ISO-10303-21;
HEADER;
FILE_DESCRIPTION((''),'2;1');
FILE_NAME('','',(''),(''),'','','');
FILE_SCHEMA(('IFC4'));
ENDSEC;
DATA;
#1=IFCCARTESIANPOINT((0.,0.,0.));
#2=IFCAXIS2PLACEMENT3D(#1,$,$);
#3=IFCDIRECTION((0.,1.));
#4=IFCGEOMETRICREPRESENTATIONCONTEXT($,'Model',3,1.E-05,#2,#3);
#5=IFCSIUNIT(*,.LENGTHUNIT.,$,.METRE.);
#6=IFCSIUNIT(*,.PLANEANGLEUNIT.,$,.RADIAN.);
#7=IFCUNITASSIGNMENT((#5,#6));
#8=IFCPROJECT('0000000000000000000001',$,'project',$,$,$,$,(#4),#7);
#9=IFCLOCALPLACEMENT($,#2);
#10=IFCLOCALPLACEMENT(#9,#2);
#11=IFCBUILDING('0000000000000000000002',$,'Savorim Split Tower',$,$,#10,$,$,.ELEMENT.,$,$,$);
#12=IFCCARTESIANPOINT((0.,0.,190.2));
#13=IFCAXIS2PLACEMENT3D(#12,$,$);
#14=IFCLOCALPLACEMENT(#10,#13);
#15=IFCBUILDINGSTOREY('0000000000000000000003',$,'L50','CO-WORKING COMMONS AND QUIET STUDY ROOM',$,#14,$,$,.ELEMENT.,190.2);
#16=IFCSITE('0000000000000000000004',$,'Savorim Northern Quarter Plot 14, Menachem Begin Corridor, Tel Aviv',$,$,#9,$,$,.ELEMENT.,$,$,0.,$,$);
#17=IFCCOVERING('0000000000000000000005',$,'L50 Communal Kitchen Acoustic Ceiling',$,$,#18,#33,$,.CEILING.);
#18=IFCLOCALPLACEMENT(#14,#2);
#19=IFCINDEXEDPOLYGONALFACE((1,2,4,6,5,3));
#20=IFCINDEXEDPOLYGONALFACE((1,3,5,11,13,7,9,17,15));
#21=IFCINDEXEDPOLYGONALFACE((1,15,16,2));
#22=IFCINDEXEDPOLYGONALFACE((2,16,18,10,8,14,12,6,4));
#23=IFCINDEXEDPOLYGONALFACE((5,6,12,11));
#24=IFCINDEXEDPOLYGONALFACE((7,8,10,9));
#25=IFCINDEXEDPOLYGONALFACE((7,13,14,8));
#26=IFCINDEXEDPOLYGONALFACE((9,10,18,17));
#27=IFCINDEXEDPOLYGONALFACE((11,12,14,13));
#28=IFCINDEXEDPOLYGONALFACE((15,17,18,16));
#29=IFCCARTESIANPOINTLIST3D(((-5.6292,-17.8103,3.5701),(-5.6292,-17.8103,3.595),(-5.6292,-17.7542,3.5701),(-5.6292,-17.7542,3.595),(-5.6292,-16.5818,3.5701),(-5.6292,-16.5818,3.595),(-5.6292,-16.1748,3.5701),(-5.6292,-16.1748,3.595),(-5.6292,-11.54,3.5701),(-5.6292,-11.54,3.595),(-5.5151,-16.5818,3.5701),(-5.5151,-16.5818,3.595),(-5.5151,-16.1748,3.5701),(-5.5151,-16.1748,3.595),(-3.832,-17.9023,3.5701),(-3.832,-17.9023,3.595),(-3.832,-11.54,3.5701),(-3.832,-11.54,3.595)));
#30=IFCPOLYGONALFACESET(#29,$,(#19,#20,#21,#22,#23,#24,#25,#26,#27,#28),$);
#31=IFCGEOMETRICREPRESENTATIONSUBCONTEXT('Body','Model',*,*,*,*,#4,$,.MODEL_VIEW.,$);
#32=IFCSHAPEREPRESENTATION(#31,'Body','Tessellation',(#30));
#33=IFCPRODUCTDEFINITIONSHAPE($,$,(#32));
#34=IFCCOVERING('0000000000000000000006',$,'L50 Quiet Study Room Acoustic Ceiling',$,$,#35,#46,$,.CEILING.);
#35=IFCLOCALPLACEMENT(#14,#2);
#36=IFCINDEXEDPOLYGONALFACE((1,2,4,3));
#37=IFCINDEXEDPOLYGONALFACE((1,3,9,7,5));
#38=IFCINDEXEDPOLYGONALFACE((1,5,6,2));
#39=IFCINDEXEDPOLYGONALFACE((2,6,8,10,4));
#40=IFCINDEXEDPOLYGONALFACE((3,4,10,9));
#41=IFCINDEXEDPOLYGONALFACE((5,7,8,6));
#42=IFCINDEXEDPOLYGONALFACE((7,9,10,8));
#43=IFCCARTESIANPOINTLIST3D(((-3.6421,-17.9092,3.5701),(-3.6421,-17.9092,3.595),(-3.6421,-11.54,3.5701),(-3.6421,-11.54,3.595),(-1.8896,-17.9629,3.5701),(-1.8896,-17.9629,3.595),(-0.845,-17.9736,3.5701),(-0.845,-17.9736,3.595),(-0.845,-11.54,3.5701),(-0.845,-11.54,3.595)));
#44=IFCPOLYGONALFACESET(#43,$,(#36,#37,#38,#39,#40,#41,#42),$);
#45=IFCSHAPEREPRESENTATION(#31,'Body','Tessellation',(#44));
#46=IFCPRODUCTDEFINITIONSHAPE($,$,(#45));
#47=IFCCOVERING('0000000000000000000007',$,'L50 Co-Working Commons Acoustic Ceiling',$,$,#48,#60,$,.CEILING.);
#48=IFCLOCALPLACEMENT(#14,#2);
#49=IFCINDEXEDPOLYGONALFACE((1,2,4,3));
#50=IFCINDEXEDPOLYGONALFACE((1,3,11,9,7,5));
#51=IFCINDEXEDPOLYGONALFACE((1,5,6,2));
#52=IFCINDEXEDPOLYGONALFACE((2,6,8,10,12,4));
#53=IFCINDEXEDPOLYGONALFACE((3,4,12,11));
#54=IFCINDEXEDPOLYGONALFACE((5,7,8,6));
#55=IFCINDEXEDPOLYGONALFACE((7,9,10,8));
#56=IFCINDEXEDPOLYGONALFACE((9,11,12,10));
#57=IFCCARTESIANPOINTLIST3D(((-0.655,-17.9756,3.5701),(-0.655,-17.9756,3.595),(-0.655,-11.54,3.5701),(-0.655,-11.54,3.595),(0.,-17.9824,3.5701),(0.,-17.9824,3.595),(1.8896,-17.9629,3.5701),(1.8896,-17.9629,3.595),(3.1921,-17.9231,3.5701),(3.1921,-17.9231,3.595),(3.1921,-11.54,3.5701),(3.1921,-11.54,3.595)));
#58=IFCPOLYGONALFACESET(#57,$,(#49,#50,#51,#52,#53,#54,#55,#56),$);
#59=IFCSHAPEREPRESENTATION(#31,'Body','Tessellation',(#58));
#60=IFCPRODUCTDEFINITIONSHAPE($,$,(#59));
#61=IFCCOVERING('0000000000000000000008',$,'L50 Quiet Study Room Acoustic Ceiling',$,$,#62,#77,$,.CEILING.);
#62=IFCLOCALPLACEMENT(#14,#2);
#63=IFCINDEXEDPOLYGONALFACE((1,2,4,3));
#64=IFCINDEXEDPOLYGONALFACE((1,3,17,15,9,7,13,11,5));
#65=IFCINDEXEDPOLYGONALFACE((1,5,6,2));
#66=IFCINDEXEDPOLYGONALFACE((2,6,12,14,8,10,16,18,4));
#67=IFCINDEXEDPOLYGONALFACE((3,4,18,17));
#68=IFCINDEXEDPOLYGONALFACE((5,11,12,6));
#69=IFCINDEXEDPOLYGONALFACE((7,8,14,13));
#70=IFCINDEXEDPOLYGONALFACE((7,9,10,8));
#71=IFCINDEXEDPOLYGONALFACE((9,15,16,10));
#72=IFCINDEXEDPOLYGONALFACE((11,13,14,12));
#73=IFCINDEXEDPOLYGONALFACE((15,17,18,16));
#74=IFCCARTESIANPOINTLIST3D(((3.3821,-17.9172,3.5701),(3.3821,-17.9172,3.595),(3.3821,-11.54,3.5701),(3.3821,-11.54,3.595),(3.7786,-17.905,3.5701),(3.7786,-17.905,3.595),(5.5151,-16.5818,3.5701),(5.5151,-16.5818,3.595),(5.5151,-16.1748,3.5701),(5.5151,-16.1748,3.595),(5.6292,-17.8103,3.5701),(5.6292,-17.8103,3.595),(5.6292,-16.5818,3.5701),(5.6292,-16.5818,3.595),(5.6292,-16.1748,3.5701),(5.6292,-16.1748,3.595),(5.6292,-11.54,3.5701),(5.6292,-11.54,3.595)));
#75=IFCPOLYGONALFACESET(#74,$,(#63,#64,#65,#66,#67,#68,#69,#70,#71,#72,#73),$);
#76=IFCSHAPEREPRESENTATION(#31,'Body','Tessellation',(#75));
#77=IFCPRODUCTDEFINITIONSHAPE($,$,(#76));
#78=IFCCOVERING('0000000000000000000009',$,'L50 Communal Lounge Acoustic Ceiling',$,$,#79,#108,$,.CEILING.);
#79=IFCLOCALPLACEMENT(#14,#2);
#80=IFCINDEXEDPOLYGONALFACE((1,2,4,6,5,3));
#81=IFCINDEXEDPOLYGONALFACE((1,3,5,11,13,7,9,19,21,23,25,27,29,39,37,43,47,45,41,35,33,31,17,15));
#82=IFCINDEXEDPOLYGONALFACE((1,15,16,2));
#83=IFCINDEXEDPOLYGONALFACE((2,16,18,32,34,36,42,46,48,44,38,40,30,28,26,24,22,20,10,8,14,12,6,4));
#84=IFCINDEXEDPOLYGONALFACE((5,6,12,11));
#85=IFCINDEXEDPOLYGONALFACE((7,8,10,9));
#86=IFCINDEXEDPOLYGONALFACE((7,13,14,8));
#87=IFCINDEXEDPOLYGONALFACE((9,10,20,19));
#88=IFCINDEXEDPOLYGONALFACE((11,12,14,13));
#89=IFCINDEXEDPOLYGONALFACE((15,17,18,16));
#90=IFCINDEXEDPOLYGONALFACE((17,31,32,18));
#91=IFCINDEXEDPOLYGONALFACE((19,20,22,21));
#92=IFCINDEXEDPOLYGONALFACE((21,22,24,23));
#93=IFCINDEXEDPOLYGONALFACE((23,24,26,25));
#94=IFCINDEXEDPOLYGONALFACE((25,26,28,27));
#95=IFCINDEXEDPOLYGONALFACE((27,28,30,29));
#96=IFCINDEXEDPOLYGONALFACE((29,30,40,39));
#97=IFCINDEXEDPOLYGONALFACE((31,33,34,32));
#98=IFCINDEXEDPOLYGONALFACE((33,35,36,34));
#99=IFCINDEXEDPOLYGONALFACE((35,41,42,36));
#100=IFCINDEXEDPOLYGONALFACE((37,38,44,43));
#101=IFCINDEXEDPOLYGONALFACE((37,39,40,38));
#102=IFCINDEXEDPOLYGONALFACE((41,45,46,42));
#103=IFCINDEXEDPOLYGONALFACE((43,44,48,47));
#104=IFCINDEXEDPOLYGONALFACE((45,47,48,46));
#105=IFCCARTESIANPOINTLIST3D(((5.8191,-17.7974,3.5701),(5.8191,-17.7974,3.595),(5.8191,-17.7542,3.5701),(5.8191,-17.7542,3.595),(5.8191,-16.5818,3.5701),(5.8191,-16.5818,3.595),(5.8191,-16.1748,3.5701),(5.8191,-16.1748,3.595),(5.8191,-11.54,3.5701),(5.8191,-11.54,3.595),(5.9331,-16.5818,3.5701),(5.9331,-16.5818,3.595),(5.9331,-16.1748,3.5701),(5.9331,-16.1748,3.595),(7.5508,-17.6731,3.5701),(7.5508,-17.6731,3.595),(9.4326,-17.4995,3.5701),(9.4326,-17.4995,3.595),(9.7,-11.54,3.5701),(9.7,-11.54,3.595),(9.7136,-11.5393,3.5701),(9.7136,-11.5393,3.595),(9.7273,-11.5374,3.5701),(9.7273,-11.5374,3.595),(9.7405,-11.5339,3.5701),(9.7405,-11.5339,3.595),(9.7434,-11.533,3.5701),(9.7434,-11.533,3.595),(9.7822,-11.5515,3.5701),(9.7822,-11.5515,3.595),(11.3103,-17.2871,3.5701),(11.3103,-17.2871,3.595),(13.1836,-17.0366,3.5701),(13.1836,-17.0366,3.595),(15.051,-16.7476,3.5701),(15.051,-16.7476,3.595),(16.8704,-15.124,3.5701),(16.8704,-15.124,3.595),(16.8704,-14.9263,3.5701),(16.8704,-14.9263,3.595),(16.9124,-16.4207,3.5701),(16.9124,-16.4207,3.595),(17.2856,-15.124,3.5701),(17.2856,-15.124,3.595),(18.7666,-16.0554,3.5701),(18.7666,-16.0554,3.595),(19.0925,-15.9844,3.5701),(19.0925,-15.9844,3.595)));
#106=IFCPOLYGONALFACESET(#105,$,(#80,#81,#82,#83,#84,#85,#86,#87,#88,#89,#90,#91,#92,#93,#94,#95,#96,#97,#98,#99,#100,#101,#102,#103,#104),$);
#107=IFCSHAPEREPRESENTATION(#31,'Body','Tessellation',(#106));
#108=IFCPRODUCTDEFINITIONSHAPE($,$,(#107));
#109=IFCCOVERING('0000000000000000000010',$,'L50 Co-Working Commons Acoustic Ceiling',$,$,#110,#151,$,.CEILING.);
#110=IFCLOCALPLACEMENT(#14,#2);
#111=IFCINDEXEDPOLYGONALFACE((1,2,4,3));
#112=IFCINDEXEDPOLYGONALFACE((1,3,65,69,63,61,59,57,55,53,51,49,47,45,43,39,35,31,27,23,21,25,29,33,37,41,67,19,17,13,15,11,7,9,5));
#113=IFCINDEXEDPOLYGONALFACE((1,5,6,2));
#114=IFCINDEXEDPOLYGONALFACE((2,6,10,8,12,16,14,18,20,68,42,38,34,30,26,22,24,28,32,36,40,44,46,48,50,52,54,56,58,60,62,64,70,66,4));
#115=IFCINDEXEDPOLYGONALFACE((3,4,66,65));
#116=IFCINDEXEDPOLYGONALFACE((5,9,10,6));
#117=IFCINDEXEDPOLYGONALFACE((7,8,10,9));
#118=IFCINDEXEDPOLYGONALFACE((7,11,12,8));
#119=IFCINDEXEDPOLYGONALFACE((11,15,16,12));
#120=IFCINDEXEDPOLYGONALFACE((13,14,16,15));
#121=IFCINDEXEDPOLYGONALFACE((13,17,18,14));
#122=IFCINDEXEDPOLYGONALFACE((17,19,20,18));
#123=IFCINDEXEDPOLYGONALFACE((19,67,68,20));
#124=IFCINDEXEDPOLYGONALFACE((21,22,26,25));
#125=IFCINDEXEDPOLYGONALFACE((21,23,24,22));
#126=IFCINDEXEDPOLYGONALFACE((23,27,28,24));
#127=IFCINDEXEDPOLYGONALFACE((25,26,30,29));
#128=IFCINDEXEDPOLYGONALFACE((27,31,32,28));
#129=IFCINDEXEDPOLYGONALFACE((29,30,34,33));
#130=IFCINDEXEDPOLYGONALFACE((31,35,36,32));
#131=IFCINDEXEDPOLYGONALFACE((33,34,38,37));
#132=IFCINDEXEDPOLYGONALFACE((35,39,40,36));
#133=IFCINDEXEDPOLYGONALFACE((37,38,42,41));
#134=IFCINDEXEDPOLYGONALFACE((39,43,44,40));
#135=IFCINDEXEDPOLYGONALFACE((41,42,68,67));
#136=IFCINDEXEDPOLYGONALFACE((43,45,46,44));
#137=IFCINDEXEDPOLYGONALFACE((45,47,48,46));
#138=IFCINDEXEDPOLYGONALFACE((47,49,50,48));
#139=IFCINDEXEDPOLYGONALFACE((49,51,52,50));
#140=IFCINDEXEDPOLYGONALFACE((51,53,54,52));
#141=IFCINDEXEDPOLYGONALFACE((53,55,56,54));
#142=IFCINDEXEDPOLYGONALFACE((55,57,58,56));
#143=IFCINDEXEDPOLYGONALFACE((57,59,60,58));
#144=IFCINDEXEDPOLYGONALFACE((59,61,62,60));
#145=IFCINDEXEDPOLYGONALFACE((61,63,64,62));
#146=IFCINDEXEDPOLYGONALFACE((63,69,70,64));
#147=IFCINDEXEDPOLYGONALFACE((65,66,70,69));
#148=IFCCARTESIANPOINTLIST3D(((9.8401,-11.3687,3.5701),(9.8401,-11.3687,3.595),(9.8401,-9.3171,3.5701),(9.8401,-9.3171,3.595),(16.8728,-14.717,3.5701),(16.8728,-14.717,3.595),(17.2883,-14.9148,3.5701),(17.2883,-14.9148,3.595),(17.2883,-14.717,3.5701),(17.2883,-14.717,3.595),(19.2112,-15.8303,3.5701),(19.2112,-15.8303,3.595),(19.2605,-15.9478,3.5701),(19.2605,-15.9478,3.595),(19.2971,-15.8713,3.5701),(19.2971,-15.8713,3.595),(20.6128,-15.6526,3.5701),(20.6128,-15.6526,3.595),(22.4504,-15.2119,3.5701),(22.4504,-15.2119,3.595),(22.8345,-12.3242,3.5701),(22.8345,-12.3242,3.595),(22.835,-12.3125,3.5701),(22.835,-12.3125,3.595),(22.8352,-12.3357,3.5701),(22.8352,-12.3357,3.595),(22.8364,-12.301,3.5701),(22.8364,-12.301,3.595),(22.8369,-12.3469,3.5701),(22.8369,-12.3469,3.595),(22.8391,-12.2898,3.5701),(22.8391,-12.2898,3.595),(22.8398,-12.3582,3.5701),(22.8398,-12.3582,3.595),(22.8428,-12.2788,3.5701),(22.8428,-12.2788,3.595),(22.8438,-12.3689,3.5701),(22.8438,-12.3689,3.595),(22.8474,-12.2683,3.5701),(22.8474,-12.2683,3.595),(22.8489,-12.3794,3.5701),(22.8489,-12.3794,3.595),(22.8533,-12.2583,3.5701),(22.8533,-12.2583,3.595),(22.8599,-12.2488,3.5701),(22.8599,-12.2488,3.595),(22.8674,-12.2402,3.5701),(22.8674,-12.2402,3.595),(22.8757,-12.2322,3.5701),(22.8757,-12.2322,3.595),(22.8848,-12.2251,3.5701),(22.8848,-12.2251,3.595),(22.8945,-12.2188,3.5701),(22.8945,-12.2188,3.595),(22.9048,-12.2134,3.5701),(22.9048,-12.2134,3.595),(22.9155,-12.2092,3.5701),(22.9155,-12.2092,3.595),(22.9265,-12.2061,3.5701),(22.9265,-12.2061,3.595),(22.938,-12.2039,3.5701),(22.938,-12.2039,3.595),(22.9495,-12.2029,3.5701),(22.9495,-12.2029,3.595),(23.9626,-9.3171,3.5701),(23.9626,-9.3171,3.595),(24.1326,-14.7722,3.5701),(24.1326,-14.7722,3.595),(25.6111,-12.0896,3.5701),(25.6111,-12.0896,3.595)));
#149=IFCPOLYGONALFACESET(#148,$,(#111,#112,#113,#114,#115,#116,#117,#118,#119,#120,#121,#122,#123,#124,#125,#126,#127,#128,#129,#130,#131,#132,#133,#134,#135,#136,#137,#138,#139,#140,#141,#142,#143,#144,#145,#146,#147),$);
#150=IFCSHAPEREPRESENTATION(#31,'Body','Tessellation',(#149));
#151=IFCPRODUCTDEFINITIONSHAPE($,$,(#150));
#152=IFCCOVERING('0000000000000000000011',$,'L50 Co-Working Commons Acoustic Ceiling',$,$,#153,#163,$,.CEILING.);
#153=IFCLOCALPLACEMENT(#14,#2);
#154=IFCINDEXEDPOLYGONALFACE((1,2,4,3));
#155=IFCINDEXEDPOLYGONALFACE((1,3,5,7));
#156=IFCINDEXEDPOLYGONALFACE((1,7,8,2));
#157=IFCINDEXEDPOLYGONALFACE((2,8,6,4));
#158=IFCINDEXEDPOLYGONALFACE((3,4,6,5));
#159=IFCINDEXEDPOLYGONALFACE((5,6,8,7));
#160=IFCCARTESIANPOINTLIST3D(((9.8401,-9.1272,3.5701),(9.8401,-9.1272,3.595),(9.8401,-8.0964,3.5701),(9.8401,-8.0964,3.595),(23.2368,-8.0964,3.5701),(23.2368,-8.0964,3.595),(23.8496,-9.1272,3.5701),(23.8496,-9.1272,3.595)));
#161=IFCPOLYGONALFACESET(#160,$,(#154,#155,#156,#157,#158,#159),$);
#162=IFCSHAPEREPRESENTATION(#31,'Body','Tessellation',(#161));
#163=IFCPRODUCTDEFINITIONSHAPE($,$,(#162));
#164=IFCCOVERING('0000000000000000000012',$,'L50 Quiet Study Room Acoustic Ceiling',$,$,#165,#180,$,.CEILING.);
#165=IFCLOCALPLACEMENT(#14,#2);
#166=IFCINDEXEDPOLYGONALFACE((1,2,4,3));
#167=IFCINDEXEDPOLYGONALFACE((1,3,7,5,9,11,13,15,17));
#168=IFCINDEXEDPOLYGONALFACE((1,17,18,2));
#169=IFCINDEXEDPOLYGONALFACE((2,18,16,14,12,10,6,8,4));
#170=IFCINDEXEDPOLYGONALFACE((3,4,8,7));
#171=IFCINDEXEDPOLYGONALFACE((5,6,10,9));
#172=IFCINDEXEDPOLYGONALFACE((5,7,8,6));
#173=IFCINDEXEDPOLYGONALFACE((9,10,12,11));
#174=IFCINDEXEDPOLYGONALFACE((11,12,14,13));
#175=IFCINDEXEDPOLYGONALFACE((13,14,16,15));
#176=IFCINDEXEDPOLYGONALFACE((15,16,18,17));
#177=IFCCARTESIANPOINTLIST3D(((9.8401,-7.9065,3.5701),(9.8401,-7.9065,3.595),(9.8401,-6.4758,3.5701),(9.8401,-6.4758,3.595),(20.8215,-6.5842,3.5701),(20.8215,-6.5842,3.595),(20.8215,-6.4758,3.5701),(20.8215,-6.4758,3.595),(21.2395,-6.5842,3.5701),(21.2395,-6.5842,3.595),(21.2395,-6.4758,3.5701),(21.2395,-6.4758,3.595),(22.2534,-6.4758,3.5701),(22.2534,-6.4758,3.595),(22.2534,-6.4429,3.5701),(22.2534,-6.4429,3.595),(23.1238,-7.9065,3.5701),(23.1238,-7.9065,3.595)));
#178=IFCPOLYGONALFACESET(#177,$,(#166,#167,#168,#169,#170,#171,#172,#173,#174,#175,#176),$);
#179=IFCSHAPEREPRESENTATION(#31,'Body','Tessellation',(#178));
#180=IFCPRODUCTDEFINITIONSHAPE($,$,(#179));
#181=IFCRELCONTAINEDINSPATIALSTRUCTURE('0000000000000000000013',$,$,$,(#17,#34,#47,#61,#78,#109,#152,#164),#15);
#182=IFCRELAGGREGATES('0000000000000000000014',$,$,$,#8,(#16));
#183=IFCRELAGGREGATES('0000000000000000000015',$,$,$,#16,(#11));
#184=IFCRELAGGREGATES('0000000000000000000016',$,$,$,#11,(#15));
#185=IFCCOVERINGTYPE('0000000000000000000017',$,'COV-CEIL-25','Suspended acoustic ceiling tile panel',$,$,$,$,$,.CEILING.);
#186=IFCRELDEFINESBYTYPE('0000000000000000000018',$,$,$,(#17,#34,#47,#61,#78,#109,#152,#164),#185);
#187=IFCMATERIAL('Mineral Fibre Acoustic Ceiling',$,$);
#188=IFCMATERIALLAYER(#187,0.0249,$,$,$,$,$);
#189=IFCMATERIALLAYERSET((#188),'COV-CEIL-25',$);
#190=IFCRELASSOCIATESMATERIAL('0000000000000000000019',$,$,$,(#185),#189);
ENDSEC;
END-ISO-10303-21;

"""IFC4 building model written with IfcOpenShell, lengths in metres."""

from ifc_helpers import new_model, si_unit, direction, frame, origin, place, context, subcontext, project, spatial, polyline, outline, extrude, material, layer, layer_set, type_object, element, save


model = new_model("IFC4")

# Units and contexts
model_context = context("Model", 3, precision=1e-05, world=origin(), true_north=direction((0.0, 1.0)))
body_context = subcontext(model_context, "Body", "Model", "MODEL_VIEW")
ifc_project = project(units=[si_unit("LENGTHUNIT", "METRE"), si_unit("PLANEANGLEUNIT", "RADIAN")], contexts=[model_context])

# Site, building, storey
site_placement = place(None, origin())
site = spatial("IfcSite", under=ifc_project, at=site_placement, Name="Savorim Northern Quarter Plot 14, Menachem Begin Corridor, Tel Aviv", CompositionType="ELEMENT", RefElevation=0.0)
building_placement = place(site_placement, origin())
building = spatial("IfcBuilding", under=site, at=building_placement, Name="Savorim Split Tower", CompositionType="ELEMENT")
storey_placement = place(building_placement, frame((0.0, 0.0, 190.2)))
storey = spatial("IfcBuildingStorey", under=building, at=storey_placement, Name="L50", Description="CO-WORKING COMMONS AND QUIET STUDY ROOM", CompositionType="ELEMENT", Elevation=190.2)

# Coverings
ifc_material_1 = material(Name="Mineral Fibre Acoustic Ceiling")
ifc_layer_1 = layer(ifc_material_1, 0.0249)
ifc_layer_set_1 = layer_set([ifc_layer_1], Name="COV-CEIL-25")
covering_type_1 = type_object("IfcCoveringType", Name="COV-CEIL-25", Description="Suspended acoustic ceiling tile panel", PredefinedType="CEILING", material=ifc_layer_set_1)
covering_1_placement = place(storey_placement, frame((0.0, 0.0, 3.5701)))
element("IfcCovering", 1, at=covering_1_placement, inside=storey, type_object=covering_type_1, Name="L50 Communal Kitchen Acoustic Ceiling", PredefinedType="CEILING", context=body_context, shape_type="SweptSolid", body=[
    extrude(outline(polyline([(-5.6292, -16.5818), (-5.6292, -17.7542), (-5.6292, -17.8103), (-3.832, -17.9023), (-3.832, -11.54), (-5.6292, -11.54), (-5.6292, -16.1748), (-5.5151, -16.1748), (-5.5151, -16.5818), (-5.6292, -16.5818)])), origin(), (0.0, 0.0, 1.0), 0.0249),
])
covering_2_placement = place(storey_placement, frame((0.0, 0.0, 3.5701)))
element("IfcCovering", 2, at=covering_2_placement, inside=storey, type_object=covering_type_1, Name="L50 Quiet Study Room Acoustic Ceiling", PredefinedType="CEILING", context=body_context, shape_type="SweptSolid", body=[
    extrude(outline(polyline([(-3.6421, -11.54), (-3.6421, -17.9092), (-1.8896, -17.9629), (-0.845, -17.9736), (-0.845, -11.54), (-3.6421, -11.54)])), origin(), (0.0, 0.0, 1.0), 0.0249),
])
covering_3_placement = place(storey_placement, frame((0.0, 0.0, 3.5701)))
element("IfcCovering", 3, at=covering_3_placement, inside=storey, type_object=covering_type_1, Name="L50 Co-Working Commons Acoustic Ceiling", PredefinedType="CEILING", context=body_context, shape_type="SweptSolid", body=[
    extrude(outline(polyline([(-0.655, -17.9756), (0.0, -17.9824), (1.8896, -17.9629), (3.1921, -17.9231), (3.1921, -11.54), (-0.655, -11.54), (-0.655, -17.9756)])), origin(), (0.0, 0.0, 1.0), 0.0249),
])
covering_4_placement = place(storey_placement, frame((0.0, 0.0, 3.5701)))
element("IfcCovering", 4, at=covering_4_placement, inside=storey, type_object=covering_type_1, Name="L50 Quiet Study Room Acoustic Ceiling", PredefinedType="CEILING", context=body_context, shape_type="SweptSolid", body=[
    extrude(outline(polyline([(5.6292, -11.54), (3.3821, -11.54), (3.3821, -17.9172), (3.7786, -17.905), (5.6292, -17.8103), (5.6292, -16.5818), (5.5151, -16.5818), (5.5151, -16.1748), (5.6292, -16.1748), (5.6292, -11.54)])), origin(), (0.0, 0.0, 1.0), 0.0249),
])
covering_5_placement = place(storey_placement, frame((0.0, 0.0, 3.5701)))
element("IfcCovering", 5, at=covering_5_placement, inside=storey, type_object=covering_type_1, Name="L50 Communal Lounge Acoustic Ceiling", PredefinedType="CEILING", context=body_context, shape_type="SweptSolid", body=[
    extrude(outline(polyline([(13.1836, -17.0366), (15.051, -16.7476), (16.9124, -16.4207), (18.7666, -16.0554), (19.0925, -15.9844), (17.2856, -15.124), (16.8704, -15.124), (16.8704, -14.9263), (9.7822, -11.5515), (9.7434, -11.533), (9.7405, -11.5339), (9.7273, -11.5374), (9.7136, -11.5393), (9.7, -11.54), (5.8191, -11.54), (5.8191, -16.1748), (5.9331, -16.1748), (5.9331, -16.5818), (5.8191, -16.5818), (5.8191, -17.7542), (5.8191, -17.7974), (7.5508, -17.6731), (9.4326, -17.4995), (11.3103, -17.2871), (13.1836, -17.0366)])), origin(), (0.0, 0.0, 1.0), 0.0249),
])
covering_6_placement = place(storey_placement, frame((0.0, 0.0, 3.5701)))
element("IfcCovering", 6, at=covering_6_placement, inside=storey, type_object=covering_type_1, Name="L50 Co-Working Commons Acoustic Ceiling", PredefinedType="CEILING", context=body_context, shape_type="SweptSolid", body=[
    extrude(outline(polyline([(22.9265, -12.2061), (22.938, -12.2039), (22.9495, -12.2029), (25.6111, -12.0896), (23.9626, -9.3171), (9.8401, -9.3171), (9.8401, -11.3687), (16.8728, -14.717), (17.2883, -14.717), (17.2883, -14.9148), (19.2112, -15.8303), (19.2971, -15.8713), (19.2605, -15.9478), (20.6128, -15.6526), (22.4504, -15.2119), (24.1326, -14.7722), (22.8489, -12.3794), (22.8438, -12.3689), (22.8398, -12.3582), (22.8369, -12.3469), (22.8352, -12.3357), (22.8345, -12.3242), (22.835, -12.3125), (22.8364, -12.301), (22.8391, -12.2898), (22.8428, -12.2788), (22.8474, -12.2683), (22.8533, -12.2583), (22.8599, -12.2488), (22.8674, -12.2402), (22.8757, -12.2322), (22.8848, -12.2251), (22.8945, -12.2188), (22.9048, -12.2134), (22.9155, -12.2092), (22.9265, -12.2061)])), origin(), (0.0, 0.0, 1.0), 0.0249),
])
covering_7_placement = place(storey_placement, frame((0.0, 0.0, 3.5701)))
element("IfcCovering", 7, at=covering_7_placement, inside=storey, type_object=covering_type_1, Name="L50 Co-Working Commons Acoustic Ceiling", PredefinedType="CEILING", context=body_context, shape_type="SweptSolid", body=[
    extrude(outline(polyline([(23.8496, -9.1272), (23.2368, -8.0964), (9.8401, -8.0964), (9.8401, -9.1272), (23.8496, -9.1272)])), origin(), (0.0, 0.0, 1.0), 0.0249),
])
covering_8_placement = place(storey_placement, frame((0.0, 0.0, 3.5701)))
element("IfcCovering", 8, at=covering_8_placement, inside=storey, type_object=covering_type_1, Name="L50 Quiet Study Room Acoustic Ceiling", PredefinedType="CEILING", context=body_context, shape_type="SweptSolid", body=[
    extrude(outline(polyline([(20.8215, -6.5842), (20.8215, -6.4758), (9.8401, -6.4758), (9.8401, -7.9065), (23.1238, -7.9065), (22.2534, -6.4429), (22.2534, -6.4758), (21.2395, -6.4758), (21.2395, -6.5842), (20.8215, -6.5842)])), origin(), (0.0, 0.0, 1.0), 0.0249),
])

save(model, "model.ifc")
